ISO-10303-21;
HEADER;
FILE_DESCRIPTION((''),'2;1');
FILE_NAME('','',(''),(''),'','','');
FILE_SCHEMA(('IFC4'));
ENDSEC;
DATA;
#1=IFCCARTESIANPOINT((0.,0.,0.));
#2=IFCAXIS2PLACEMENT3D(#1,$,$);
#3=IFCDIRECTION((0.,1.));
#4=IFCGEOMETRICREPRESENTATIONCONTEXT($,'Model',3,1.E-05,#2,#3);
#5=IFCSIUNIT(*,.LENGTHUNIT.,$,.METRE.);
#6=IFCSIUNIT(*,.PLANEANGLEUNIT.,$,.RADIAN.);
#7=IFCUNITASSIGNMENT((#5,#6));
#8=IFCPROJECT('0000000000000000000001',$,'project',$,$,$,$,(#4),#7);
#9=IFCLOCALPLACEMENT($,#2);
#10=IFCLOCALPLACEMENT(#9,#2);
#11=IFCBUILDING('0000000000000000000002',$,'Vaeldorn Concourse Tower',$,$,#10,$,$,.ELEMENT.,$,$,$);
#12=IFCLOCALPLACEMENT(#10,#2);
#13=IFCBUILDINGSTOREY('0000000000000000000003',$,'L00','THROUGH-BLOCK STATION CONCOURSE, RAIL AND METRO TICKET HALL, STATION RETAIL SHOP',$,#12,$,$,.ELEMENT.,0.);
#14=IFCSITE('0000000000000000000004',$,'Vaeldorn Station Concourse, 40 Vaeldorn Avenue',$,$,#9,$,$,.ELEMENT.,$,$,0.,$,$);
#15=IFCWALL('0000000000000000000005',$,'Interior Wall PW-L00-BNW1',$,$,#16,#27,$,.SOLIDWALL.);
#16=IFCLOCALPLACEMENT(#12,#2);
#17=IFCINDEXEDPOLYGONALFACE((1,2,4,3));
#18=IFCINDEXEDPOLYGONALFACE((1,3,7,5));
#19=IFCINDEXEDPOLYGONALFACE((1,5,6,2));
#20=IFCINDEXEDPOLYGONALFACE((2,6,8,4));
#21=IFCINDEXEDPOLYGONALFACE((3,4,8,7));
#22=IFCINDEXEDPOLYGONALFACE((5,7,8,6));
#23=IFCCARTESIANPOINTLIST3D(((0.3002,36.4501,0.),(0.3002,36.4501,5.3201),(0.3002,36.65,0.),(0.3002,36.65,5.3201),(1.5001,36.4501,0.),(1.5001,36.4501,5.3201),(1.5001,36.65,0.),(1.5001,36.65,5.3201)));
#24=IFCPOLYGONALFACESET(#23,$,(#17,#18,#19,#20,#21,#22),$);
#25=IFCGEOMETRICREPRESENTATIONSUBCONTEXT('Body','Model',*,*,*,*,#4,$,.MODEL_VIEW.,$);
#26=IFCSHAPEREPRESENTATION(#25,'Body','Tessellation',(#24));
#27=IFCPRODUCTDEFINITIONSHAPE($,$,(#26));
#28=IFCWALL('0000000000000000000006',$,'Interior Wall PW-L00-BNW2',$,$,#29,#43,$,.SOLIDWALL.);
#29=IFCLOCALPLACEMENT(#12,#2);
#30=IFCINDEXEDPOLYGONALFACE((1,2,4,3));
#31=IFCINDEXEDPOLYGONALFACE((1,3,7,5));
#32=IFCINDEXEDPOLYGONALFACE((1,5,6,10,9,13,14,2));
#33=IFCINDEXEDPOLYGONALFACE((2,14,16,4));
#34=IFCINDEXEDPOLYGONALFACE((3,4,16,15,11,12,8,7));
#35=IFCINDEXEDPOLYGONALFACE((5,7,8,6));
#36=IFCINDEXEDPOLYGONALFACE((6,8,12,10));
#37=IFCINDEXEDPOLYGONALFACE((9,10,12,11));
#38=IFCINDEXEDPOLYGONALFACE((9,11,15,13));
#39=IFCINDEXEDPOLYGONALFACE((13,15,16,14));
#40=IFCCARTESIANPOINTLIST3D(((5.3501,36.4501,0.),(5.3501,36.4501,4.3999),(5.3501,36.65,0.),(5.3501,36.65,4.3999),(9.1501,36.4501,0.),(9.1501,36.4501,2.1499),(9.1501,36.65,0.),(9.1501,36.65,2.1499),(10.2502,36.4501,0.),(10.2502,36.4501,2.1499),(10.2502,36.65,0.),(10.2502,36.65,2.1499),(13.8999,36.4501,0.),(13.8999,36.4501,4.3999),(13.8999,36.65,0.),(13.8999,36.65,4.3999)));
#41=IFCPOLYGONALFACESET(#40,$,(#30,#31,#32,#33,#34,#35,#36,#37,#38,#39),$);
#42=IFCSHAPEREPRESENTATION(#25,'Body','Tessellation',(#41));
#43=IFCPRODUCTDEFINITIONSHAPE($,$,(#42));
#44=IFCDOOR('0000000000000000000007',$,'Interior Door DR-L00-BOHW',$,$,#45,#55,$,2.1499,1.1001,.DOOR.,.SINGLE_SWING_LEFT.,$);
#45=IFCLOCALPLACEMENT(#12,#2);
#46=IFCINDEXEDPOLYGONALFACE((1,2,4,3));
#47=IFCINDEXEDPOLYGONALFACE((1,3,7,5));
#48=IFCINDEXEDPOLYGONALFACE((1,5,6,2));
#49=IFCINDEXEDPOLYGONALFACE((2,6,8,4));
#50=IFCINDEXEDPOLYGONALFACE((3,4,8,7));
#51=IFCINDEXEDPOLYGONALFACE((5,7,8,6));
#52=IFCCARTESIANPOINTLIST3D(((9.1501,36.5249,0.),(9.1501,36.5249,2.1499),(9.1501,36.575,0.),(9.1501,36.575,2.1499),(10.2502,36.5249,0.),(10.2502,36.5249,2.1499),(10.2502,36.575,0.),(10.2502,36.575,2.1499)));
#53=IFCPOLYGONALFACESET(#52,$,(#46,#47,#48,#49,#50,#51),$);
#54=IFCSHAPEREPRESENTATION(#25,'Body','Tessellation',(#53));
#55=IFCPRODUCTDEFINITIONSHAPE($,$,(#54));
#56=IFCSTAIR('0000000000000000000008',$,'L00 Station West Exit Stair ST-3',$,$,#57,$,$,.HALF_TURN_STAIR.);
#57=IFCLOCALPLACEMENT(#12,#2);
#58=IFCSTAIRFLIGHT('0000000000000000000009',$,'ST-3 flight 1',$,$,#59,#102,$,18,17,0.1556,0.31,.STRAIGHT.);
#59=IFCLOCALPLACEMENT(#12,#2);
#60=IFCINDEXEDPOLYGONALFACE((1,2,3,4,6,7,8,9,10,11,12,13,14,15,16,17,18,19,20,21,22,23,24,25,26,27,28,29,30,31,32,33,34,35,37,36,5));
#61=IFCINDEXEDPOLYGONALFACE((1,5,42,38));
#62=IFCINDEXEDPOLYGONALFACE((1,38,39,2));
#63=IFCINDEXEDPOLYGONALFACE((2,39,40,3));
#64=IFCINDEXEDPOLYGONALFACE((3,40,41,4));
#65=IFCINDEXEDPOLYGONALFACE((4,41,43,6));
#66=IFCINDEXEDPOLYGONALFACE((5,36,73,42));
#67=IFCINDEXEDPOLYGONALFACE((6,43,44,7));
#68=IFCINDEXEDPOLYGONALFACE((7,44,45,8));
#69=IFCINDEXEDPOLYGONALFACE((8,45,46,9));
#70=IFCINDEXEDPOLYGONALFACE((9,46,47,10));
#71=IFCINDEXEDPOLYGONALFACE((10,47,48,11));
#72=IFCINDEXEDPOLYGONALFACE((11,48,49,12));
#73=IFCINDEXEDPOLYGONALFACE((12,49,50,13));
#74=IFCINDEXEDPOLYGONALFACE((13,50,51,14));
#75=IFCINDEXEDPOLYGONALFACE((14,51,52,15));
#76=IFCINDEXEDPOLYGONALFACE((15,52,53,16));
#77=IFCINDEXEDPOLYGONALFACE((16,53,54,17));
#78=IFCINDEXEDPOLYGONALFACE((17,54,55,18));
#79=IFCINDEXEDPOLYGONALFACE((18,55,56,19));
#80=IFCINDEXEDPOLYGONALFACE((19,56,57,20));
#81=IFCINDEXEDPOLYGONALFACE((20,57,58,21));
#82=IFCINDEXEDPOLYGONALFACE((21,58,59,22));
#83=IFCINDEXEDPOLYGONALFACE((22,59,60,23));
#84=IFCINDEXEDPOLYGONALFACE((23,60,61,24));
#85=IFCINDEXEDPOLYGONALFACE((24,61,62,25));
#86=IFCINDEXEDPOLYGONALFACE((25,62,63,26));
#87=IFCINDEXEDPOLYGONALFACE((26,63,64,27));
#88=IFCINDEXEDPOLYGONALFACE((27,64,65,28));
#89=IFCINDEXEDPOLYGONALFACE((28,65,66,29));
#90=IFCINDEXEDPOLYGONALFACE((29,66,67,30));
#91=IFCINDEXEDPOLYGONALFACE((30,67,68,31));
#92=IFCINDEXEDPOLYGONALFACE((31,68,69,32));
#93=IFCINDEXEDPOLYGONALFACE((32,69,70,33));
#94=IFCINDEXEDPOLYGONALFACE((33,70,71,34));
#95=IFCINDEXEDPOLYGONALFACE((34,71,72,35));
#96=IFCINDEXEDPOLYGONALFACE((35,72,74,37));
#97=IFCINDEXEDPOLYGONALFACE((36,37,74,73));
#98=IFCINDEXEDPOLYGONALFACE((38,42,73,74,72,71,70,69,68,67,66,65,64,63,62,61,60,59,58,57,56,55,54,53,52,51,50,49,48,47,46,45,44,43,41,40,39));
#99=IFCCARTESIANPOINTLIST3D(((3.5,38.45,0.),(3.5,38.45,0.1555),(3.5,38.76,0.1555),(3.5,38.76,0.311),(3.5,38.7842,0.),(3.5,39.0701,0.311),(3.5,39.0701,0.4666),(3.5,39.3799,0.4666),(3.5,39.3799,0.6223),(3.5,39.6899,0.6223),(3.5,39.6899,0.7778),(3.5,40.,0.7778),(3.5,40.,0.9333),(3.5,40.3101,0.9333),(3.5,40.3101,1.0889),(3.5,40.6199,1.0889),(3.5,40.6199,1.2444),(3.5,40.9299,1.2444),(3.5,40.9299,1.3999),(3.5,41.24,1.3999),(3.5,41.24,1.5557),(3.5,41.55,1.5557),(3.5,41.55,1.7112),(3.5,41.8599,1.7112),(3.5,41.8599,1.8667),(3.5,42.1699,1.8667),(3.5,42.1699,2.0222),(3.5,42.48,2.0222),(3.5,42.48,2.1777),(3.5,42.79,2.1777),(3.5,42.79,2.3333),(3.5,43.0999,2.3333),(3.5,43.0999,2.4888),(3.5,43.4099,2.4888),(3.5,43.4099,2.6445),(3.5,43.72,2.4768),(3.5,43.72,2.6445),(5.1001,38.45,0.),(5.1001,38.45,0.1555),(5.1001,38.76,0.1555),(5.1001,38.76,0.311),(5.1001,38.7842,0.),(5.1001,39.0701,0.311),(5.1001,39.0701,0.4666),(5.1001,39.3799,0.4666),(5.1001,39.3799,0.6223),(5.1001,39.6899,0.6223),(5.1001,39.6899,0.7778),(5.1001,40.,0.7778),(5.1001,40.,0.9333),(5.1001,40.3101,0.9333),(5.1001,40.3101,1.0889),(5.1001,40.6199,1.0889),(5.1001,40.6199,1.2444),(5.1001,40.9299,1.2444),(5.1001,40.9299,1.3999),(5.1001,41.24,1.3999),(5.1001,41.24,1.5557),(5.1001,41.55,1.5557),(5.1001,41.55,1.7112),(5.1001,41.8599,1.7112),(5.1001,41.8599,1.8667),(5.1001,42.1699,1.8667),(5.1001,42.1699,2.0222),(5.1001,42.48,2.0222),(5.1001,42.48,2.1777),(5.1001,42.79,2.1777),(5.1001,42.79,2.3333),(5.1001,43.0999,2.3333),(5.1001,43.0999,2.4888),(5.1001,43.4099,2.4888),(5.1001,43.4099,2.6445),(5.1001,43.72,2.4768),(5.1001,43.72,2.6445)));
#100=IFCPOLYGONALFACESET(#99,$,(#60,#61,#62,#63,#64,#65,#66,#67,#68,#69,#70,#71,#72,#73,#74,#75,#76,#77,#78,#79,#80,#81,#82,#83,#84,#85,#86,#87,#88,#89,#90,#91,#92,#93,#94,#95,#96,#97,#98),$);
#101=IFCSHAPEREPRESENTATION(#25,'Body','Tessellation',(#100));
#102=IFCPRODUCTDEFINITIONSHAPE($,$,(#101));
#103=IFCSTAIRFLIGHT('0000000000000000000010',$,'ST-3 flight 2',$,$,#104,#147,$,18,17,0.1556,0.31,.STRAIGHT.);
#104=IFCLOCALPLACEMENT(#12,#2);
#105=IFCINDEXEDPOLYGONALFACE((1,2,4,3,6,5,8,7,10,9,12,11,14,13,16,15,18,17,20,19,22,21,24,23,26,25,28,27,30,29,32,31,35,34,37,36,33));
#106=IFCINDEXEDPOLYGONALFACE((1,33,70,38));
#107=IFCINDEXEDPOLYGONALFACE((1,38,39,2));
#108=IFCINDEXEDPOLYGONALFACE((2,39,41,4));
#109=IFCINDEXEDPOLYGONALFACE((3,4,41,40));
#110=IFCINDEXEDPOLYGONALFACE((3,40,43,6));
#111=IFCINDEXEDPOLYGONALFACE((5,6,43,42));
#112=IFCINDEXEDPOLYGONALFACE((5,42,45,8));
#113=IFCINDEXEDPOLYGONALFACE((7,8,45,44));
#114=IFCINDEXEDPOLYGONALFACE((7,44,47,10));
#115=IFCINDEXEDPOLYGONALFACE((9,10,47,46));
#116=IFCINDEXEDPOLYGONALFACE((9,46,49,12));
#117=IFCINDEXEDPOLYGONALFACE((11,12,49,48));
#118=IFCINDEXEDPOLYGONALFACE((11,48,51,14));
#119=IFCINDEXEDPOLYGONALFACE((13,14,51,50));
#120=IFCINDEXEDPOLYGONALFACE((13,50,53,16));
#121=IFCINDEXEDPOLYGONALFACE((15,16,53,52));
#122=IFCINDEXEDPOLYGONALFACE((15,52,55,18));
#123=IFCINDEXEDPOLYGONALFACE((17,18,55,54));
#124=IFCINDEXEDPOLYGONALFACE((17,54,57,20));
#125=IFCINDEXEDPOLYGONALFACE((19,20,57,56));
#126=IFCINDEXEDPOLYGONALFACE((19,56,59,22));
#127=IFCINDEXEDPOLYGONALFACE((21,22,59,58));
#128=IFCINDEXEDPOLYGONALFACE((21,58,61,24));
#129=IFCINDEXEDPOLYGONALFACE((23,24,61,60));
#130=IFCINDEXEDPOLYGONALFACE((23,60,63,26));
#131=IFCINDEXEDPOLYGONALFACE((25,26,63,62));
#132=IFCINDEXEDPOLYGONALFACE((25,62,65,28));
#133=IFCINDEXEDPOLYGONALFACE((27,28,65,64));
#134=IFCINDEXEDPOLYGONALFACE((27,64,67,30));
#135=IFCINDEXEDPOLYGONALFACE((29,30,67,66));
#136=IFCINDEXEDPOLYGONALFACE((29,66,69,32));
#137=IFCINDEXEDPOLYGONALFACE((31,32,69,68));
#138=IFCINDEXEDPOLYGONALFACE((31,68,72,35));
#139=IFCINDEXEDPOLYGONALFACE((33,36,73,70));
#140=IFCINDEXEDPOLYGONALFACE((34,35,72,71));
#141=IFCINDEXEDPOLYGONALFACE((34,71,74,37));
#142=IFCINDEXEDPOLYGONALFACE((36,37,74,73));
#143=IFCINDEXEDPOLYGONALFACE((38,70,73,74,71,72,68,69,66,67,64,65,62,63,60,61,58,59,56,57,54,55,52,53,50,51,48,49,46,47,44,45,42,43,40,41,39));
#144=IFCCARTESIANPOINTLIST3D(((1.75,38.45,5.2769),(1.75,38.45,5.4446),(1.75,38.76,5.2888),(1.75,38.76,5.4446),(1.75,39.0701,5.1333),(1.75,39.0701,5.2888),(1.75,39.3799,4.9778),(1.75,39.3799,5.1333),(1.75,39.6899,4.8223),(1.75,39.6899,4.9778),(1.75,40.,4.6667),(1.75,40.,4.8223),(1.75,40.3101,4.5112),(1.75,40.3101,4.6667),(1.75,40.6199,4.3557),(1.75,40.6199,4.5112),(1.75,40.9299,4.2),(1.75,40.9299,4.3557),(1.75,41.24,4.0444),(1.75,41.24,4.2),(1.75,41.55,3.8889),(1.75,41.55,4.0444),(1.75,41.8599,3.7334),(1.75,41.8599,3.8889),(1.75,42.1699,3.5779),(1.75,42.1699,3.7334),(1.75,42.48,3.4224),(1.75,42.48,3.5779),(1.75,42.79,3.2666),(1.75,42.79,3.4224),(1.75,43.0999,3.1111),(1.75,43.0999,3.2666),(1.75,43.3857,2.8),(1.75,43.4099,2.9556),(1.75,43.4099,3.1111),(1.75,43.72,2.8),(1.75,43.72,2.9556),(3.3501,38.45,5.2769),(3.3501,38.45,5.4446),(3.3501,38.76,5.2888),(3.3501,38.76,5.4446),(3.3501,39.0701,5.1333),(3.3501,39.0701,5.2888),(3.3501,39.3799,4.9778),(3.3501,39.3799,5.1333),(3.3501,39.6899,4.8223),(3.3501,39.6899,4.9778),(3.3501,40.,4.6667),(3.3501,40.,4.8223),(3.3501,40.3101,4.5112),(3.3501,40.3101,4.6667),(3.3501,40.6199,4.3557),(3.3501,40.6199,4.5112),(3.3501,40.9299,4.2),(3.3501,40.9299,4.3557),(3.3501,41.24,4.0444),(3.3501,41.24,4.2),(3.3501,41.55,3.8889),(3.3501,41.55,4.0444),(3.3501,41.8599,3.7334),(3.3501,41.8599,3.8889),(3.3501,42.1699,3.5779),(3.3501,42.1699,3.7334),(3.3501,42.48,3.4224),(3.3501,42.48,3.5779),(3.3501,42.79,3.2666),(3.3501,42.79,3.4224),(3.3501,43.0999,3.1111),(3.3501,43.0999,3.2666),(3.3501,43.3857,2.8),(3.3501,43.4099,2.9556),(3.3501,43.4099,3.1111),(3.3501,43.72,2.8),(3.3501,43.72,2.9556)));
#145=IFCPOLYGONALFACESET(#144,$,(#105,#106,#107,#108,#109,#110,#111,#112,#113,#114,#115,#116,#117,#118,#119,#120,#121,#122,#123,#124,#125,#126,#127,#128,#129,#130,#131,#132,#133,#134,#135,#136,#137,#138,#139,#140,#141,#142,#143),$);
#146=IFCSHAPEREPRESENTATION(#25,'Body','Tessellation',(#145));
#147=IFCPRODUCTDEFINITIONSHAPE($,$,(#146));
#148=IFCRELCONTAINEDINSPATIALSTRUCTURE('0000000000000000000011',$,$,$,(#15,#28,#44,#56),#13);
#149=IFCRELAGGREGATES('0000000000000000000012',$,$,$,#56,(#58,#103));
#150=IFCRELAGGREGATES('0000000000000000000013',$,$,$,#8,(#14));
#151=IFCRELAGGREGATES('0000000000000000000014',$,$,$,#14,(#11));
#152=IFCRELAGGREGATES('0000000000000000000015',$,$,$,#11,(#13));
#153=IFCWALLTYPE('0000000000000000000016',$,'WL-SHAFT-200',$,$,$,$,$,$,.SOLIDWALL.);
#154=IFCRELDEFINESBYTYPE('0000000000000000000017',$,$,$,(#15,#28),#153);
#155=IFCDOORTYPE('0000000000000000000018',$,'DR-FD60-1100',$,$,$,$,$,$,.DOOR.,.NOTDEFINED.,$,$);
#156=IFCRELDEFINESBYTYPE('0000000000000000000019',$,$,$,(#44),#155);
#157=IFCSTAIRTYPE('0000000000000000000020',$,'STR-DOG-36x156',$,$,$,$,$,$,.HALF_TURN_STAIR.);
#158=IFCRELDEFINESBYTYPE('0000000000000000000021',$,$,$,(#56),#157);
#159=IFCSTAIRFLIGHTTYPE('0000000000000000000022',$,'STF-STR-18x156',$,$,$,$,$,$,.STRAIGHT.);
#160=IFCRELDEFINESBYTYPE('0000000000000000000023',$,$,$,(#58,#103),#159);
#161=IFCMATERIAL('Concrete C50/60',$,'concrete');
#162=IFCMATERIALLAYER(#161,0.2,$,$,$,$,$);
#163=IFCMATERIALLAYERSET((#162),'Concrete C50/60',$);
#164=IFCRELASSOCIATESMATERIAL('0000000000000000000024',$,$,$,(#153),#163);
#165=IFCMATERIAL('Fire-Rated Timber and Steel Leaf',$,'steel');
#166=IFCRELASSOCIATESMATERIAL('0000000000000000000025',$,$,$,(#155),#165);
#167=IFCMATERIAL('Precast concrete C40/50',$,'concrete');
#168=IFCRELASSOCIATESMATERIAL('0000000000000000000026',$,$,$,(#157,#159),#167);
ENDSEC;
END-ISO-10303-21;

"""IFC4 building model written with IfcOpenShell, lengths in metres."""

from ifc_helpers import new_model, si_unit, direction, frame, frame_2d, origin, place, context, subcontext, project, spatial, polyline, rectangle, outline, extrude, source, transform, mapped, material, layer, layer_set, type_object, element, fill, aggregate, save


model = new_model("IFC4")

# Units and contexts
model_context = context("Model", 3, precision=1e-05, world=origin(), true_north=direction((0.0, 1.0)))
body_context = subcontext(model_context, "Body", "Model", "MODEL_VIEW")
ifc_project = project(units=[si_unit("LENGTHUNIT", "METRE"), si_unit("PLANEANGLEUNIT", "RADIAN")], contexts=[model_context])

# Site, building, storey
site_placement = place(None, origin())
site = spatial("IfcSite", under=ifc_project, at=site_placement, Name="Vaeldorn Station Concourse, 40 Vaeldorn Avenue", CompositionType="ELEMENT", RefElevation=0.0)
building_placement = place(site_placement, origin())
building = spatial("IfcBuilding", under=site, at=building_placement, Name="Vaeldorn Concourse Tower", CompositionType="ELEMENT")
storey_placement = place(building_placement, origin())
storey = spatial("IfcBuildingStorey", under=building, at=storey_placement, Name="L00", Description="THROUGH-BLOCK STATION CONCOURSE, RAIL AND METRO TICKET HALL, STATION RETAIL SHOP", CompositionType="ELEMENT", Elevation=0.0)

# Shared definitions
ifc_material_1 = material(Name="Precast concrete C40/50", Category="concrete")

# Shared definitions
ifc_material_2 = material(Name="Concrete C50/60", Category="concrete")
ifc_layer_1 = layer(ifc_material_2, 0.2)
ifc_layer_set_1 = layer_set([ifc_layer_1], Name="Concrete C50/60")
wall_type_1 = type_object("IfcWallType", Name="WL-SHAFT-200", PredefinedType="SOLIDWALL", material=ifc_layer_set_1)
ifc_material_3 = material(Name="Fire-Rated Timber and Steel Leaf", Category="steel")
door_type_1 = type_object("IfcDoorType", Name="DR-FD60-1100", OperationType="NOTDEFINED", PredefinedType="DOOR", material=ifc_material_3)
shared_shape_1 = source(origin(), body_context, "Body", "SweptSolid", [
    extrude(rectangle(XDim=1.1001, YDim=2.1499, at=frame_2d((0.55, 1.075))), frame((0.0, 0.0249, 0.0), z_axis=(0.0, -1.0, 0.0), x_axis=(1.0, 0.0, 0.0)), (0.0, 0.0, 1.0), 0.05),
])

# Wall
wall_1_placement = place(storey_placement, frame((0.3, 36.55, 0.0), z_axis=(0.0, 0.0, 1.0), x_axis=(1.0, 0.0, 0.0)))
element("IfcWall", 1, at=wall_1_placement, inside=storey, type_object=wall_type_1, Name="Interior Wall PW-L00-BNW1", PredefinedType="SOLIDWALL", context=body_context, shape_type="SweptSolid", body=[
    extrude(rectangle(XDim=1.2, YDim=0.2, at=frame_2d((0.6001, 0.0))), origin(), (0.0, 0.0, 1.0), 5.3201),
])

# Wall, opening, door
wall_2_placement = place(storey_placement, frame((5.3501, 36.55, 0.0), z_axis=(0.0, 0.0, 1.0), x_axis=(1.0, 0.0, 0.0)))
wall_2 = element("IfcWall", 2, at=wall_2_placement, inside=storey, type_object=wall_type_1, Name="Interior Wall PW-L00-BNW2", PredefinedType="SOLIDWALL", context=body_context, shape_type="SweptSolid", body=[
    extrude(rectangle(XDim=8.5498, YDim=0.2, at=frame_2d((4.2749, 0.0))), origin(), (0.0, 0.0, 1.0), 4.3999),
])
opening_1_placement = place(wall_2_placement, frame((3.8, 0.0, 0.0)))
opening_1 = element("IfcOpeningElement", 3, at=opening_1_placement, cuts=wall_2, PredefinedType="OPENING", context=body_context, shape_type="SweptSolid", body=[
    extrude(rectangle(XDim=1.1001, YDim=2.1499, at=frame_2d((0.55, 1.075))), frame((0.0, 0.1099, 0.0), z_axis=(0.0, -1.0, 0.0), x_axis=(1.0, 0.0, 0.0)), (0.0, 0.0, 1.0), 0.22),
])
door_1_placement = place(opening_1_placement, origin())
door_1 = element("IfcDoor", 4, at=door_1_placement, inside=storey, type_object=door_type_1, Name="Interior Door DR-L00-BOHW", OperationType="SINGLE_SWING_LEFT", OverallHeight=2.1499, OverallWidth=1.1001, PredefinedType="DOOR", context=body_context, shape_type="MappedRepresentation", body=[
    mapped(shared_shape_1, transform((0.0, 0.0, 0.0), scale=1.0)),
])
fill(opening_1, door_1)

# Stair, stair flights
stair_type = type_object("IfcStairType", Name="STR-DOG-36x156", PredefinedType="HALF_TURN_STAIR", material=ifc_material_1)
stair_placement = place(storey_placement, origin())
stair = element("IfcStair", 5, at=stair_placement, inside=storey, type_object=stair_type, Name="L00 Station West Exit Stair ST-3", PredefinedType="HALF_TURN_STAIR")
stair_flight_type = type_object("IfcStairFlightType", Name="STF-STR-18x156", PredefinedType="STRAIGHT", material=ifc_material_1)
stair_flight_1_placement = place(storey_placement, frame((4.3, 38.45, 0.0), z_axis=(0.0, 0.0, 1.0), x_axis=(0.0, 1.0, 0.0)))
stair_flight_1 = element("IfcStairFlight", 6, at=stair_flight_1_placement, type_object=stair_flight_type, Name="ST-3 flight 1", NumberOfRisers=18, NumberOfTreads=17, PredefinedType="STRAIGHT", RiserHeight=0.1556, TreadLength=0.31, context=body_context, shape_type="SweptSolid", body=[
    extrude(outline(polyline([(0.0, 0.0), (0.0, 0.1555), (0.3101, 0.1555), (0.3101, 0.311), (0.6201, 0.311), (0.6201, 0.4666), (0.9299, 0.4666), (0.9299, 0.6223), (1.24, 0.6223), (1.24, 0.7778), (1.55, 0.7778), (1.55, 0.9333), (1.8601, 0.9333), (1.8601, 1.0889), (2.1699, 1.0889), (2.1699, 1.2444), (2.48, 1.2444), (2.48, 1.3999), (2.79, 1.3999), (2.79, 1.5557), (3.1001, 1.5557), (3.1001, 1.7112), (3.4099, 1.7112), (3.4099, 1.8667), (3.72, 1.8667), (3.72, 2.0222), (4.03, 2.0222), (4.03, 2.1777), (4.3401, 2.1777), (4.3401, 2.3333), (4.6499, 2.3333), (4.6499, 2.4888), (4.96, 2.4888), (4.96, 2.6445), (5.27, 2.6445), (5.27, 2.8), (5.27, 2.4768), (0.3342, 0.0), (0.0, 0.0)])), frame((0.0, 0.8, 0.0), z_axis=(0.0, -1.0, 0.0), x_axis=(1.0, 0.0, 0.0)), (0.0, 0.0, 1.0), 1.6001),
])
stair_flight_2_placement = place(storey_placement, frame((2.55, 43.72, 2.8), z_axis=(0.0, 0.0, 1.0), x_axis=(0.0, -1.0, 0.0)))
stair_flight_2 = element("IfcStairFlight", 7, at=stair_flight_2_placement, type_object=stair_flight_type, Name="ST-3 flight 2", NumberOfRisers=18, NumberOfTreads=17, PredefinedType="STRAIGHT", RiserHeight=0.1556, TreadLength=0.31, context=body_context, shape_type="SweptSolid", body=[
    extrude(outline(polyline([(0.0, 0.0), (0.0, 0.1555), (0.3101, 0.1555), (0.3101, 0.311), (0.6201, 0.311), (0.6201, 0.4666), (0.9299, 0.4666), (0.9299, 0.6223), (1.24, 0.6223), (1.24, 0.7778), (1.55, 0.7778), (1.55, 0.9333), (1.8601, 0.9333), (1.8601, 1.0889), (2.1699, 1.0889), (2.1699, 1.2444), (2.48, 1.2444), (2.48, 1.3999), (2.79, 1.3999), (2.79, 1.5557), (3.1001, 1.5557), (3.1001, 1.7112), (3.4099, 1.7112), (3.4099, 1.8667), (3.72, 1.8667), (3.72, 2.0222), (4.03, 2.0222), (4.03, 2.1777), (4.3401, 2.1777), (4.3401, 2.3333), (4.6499, 2.3333), (4.6499, 2.4888), (4.96, 2.4888), (4.96, 2.6445), (5.27, 2.6445), (5.27, 2.8), (5.27, 2.4768), (0.3342, 0.0), (0.0, 0.0)])), frame((0.0, 0.8, 0.0), z_axis=(0.0, -1.0, 0.0), x_axis=(1.0, 0.0, 0.0)), (0.0, 0.0, 1.0), 1.6001),
])
aggregate(stair, [stair_flight_1, stair_flight_2])

save(model, "model.ifc")
